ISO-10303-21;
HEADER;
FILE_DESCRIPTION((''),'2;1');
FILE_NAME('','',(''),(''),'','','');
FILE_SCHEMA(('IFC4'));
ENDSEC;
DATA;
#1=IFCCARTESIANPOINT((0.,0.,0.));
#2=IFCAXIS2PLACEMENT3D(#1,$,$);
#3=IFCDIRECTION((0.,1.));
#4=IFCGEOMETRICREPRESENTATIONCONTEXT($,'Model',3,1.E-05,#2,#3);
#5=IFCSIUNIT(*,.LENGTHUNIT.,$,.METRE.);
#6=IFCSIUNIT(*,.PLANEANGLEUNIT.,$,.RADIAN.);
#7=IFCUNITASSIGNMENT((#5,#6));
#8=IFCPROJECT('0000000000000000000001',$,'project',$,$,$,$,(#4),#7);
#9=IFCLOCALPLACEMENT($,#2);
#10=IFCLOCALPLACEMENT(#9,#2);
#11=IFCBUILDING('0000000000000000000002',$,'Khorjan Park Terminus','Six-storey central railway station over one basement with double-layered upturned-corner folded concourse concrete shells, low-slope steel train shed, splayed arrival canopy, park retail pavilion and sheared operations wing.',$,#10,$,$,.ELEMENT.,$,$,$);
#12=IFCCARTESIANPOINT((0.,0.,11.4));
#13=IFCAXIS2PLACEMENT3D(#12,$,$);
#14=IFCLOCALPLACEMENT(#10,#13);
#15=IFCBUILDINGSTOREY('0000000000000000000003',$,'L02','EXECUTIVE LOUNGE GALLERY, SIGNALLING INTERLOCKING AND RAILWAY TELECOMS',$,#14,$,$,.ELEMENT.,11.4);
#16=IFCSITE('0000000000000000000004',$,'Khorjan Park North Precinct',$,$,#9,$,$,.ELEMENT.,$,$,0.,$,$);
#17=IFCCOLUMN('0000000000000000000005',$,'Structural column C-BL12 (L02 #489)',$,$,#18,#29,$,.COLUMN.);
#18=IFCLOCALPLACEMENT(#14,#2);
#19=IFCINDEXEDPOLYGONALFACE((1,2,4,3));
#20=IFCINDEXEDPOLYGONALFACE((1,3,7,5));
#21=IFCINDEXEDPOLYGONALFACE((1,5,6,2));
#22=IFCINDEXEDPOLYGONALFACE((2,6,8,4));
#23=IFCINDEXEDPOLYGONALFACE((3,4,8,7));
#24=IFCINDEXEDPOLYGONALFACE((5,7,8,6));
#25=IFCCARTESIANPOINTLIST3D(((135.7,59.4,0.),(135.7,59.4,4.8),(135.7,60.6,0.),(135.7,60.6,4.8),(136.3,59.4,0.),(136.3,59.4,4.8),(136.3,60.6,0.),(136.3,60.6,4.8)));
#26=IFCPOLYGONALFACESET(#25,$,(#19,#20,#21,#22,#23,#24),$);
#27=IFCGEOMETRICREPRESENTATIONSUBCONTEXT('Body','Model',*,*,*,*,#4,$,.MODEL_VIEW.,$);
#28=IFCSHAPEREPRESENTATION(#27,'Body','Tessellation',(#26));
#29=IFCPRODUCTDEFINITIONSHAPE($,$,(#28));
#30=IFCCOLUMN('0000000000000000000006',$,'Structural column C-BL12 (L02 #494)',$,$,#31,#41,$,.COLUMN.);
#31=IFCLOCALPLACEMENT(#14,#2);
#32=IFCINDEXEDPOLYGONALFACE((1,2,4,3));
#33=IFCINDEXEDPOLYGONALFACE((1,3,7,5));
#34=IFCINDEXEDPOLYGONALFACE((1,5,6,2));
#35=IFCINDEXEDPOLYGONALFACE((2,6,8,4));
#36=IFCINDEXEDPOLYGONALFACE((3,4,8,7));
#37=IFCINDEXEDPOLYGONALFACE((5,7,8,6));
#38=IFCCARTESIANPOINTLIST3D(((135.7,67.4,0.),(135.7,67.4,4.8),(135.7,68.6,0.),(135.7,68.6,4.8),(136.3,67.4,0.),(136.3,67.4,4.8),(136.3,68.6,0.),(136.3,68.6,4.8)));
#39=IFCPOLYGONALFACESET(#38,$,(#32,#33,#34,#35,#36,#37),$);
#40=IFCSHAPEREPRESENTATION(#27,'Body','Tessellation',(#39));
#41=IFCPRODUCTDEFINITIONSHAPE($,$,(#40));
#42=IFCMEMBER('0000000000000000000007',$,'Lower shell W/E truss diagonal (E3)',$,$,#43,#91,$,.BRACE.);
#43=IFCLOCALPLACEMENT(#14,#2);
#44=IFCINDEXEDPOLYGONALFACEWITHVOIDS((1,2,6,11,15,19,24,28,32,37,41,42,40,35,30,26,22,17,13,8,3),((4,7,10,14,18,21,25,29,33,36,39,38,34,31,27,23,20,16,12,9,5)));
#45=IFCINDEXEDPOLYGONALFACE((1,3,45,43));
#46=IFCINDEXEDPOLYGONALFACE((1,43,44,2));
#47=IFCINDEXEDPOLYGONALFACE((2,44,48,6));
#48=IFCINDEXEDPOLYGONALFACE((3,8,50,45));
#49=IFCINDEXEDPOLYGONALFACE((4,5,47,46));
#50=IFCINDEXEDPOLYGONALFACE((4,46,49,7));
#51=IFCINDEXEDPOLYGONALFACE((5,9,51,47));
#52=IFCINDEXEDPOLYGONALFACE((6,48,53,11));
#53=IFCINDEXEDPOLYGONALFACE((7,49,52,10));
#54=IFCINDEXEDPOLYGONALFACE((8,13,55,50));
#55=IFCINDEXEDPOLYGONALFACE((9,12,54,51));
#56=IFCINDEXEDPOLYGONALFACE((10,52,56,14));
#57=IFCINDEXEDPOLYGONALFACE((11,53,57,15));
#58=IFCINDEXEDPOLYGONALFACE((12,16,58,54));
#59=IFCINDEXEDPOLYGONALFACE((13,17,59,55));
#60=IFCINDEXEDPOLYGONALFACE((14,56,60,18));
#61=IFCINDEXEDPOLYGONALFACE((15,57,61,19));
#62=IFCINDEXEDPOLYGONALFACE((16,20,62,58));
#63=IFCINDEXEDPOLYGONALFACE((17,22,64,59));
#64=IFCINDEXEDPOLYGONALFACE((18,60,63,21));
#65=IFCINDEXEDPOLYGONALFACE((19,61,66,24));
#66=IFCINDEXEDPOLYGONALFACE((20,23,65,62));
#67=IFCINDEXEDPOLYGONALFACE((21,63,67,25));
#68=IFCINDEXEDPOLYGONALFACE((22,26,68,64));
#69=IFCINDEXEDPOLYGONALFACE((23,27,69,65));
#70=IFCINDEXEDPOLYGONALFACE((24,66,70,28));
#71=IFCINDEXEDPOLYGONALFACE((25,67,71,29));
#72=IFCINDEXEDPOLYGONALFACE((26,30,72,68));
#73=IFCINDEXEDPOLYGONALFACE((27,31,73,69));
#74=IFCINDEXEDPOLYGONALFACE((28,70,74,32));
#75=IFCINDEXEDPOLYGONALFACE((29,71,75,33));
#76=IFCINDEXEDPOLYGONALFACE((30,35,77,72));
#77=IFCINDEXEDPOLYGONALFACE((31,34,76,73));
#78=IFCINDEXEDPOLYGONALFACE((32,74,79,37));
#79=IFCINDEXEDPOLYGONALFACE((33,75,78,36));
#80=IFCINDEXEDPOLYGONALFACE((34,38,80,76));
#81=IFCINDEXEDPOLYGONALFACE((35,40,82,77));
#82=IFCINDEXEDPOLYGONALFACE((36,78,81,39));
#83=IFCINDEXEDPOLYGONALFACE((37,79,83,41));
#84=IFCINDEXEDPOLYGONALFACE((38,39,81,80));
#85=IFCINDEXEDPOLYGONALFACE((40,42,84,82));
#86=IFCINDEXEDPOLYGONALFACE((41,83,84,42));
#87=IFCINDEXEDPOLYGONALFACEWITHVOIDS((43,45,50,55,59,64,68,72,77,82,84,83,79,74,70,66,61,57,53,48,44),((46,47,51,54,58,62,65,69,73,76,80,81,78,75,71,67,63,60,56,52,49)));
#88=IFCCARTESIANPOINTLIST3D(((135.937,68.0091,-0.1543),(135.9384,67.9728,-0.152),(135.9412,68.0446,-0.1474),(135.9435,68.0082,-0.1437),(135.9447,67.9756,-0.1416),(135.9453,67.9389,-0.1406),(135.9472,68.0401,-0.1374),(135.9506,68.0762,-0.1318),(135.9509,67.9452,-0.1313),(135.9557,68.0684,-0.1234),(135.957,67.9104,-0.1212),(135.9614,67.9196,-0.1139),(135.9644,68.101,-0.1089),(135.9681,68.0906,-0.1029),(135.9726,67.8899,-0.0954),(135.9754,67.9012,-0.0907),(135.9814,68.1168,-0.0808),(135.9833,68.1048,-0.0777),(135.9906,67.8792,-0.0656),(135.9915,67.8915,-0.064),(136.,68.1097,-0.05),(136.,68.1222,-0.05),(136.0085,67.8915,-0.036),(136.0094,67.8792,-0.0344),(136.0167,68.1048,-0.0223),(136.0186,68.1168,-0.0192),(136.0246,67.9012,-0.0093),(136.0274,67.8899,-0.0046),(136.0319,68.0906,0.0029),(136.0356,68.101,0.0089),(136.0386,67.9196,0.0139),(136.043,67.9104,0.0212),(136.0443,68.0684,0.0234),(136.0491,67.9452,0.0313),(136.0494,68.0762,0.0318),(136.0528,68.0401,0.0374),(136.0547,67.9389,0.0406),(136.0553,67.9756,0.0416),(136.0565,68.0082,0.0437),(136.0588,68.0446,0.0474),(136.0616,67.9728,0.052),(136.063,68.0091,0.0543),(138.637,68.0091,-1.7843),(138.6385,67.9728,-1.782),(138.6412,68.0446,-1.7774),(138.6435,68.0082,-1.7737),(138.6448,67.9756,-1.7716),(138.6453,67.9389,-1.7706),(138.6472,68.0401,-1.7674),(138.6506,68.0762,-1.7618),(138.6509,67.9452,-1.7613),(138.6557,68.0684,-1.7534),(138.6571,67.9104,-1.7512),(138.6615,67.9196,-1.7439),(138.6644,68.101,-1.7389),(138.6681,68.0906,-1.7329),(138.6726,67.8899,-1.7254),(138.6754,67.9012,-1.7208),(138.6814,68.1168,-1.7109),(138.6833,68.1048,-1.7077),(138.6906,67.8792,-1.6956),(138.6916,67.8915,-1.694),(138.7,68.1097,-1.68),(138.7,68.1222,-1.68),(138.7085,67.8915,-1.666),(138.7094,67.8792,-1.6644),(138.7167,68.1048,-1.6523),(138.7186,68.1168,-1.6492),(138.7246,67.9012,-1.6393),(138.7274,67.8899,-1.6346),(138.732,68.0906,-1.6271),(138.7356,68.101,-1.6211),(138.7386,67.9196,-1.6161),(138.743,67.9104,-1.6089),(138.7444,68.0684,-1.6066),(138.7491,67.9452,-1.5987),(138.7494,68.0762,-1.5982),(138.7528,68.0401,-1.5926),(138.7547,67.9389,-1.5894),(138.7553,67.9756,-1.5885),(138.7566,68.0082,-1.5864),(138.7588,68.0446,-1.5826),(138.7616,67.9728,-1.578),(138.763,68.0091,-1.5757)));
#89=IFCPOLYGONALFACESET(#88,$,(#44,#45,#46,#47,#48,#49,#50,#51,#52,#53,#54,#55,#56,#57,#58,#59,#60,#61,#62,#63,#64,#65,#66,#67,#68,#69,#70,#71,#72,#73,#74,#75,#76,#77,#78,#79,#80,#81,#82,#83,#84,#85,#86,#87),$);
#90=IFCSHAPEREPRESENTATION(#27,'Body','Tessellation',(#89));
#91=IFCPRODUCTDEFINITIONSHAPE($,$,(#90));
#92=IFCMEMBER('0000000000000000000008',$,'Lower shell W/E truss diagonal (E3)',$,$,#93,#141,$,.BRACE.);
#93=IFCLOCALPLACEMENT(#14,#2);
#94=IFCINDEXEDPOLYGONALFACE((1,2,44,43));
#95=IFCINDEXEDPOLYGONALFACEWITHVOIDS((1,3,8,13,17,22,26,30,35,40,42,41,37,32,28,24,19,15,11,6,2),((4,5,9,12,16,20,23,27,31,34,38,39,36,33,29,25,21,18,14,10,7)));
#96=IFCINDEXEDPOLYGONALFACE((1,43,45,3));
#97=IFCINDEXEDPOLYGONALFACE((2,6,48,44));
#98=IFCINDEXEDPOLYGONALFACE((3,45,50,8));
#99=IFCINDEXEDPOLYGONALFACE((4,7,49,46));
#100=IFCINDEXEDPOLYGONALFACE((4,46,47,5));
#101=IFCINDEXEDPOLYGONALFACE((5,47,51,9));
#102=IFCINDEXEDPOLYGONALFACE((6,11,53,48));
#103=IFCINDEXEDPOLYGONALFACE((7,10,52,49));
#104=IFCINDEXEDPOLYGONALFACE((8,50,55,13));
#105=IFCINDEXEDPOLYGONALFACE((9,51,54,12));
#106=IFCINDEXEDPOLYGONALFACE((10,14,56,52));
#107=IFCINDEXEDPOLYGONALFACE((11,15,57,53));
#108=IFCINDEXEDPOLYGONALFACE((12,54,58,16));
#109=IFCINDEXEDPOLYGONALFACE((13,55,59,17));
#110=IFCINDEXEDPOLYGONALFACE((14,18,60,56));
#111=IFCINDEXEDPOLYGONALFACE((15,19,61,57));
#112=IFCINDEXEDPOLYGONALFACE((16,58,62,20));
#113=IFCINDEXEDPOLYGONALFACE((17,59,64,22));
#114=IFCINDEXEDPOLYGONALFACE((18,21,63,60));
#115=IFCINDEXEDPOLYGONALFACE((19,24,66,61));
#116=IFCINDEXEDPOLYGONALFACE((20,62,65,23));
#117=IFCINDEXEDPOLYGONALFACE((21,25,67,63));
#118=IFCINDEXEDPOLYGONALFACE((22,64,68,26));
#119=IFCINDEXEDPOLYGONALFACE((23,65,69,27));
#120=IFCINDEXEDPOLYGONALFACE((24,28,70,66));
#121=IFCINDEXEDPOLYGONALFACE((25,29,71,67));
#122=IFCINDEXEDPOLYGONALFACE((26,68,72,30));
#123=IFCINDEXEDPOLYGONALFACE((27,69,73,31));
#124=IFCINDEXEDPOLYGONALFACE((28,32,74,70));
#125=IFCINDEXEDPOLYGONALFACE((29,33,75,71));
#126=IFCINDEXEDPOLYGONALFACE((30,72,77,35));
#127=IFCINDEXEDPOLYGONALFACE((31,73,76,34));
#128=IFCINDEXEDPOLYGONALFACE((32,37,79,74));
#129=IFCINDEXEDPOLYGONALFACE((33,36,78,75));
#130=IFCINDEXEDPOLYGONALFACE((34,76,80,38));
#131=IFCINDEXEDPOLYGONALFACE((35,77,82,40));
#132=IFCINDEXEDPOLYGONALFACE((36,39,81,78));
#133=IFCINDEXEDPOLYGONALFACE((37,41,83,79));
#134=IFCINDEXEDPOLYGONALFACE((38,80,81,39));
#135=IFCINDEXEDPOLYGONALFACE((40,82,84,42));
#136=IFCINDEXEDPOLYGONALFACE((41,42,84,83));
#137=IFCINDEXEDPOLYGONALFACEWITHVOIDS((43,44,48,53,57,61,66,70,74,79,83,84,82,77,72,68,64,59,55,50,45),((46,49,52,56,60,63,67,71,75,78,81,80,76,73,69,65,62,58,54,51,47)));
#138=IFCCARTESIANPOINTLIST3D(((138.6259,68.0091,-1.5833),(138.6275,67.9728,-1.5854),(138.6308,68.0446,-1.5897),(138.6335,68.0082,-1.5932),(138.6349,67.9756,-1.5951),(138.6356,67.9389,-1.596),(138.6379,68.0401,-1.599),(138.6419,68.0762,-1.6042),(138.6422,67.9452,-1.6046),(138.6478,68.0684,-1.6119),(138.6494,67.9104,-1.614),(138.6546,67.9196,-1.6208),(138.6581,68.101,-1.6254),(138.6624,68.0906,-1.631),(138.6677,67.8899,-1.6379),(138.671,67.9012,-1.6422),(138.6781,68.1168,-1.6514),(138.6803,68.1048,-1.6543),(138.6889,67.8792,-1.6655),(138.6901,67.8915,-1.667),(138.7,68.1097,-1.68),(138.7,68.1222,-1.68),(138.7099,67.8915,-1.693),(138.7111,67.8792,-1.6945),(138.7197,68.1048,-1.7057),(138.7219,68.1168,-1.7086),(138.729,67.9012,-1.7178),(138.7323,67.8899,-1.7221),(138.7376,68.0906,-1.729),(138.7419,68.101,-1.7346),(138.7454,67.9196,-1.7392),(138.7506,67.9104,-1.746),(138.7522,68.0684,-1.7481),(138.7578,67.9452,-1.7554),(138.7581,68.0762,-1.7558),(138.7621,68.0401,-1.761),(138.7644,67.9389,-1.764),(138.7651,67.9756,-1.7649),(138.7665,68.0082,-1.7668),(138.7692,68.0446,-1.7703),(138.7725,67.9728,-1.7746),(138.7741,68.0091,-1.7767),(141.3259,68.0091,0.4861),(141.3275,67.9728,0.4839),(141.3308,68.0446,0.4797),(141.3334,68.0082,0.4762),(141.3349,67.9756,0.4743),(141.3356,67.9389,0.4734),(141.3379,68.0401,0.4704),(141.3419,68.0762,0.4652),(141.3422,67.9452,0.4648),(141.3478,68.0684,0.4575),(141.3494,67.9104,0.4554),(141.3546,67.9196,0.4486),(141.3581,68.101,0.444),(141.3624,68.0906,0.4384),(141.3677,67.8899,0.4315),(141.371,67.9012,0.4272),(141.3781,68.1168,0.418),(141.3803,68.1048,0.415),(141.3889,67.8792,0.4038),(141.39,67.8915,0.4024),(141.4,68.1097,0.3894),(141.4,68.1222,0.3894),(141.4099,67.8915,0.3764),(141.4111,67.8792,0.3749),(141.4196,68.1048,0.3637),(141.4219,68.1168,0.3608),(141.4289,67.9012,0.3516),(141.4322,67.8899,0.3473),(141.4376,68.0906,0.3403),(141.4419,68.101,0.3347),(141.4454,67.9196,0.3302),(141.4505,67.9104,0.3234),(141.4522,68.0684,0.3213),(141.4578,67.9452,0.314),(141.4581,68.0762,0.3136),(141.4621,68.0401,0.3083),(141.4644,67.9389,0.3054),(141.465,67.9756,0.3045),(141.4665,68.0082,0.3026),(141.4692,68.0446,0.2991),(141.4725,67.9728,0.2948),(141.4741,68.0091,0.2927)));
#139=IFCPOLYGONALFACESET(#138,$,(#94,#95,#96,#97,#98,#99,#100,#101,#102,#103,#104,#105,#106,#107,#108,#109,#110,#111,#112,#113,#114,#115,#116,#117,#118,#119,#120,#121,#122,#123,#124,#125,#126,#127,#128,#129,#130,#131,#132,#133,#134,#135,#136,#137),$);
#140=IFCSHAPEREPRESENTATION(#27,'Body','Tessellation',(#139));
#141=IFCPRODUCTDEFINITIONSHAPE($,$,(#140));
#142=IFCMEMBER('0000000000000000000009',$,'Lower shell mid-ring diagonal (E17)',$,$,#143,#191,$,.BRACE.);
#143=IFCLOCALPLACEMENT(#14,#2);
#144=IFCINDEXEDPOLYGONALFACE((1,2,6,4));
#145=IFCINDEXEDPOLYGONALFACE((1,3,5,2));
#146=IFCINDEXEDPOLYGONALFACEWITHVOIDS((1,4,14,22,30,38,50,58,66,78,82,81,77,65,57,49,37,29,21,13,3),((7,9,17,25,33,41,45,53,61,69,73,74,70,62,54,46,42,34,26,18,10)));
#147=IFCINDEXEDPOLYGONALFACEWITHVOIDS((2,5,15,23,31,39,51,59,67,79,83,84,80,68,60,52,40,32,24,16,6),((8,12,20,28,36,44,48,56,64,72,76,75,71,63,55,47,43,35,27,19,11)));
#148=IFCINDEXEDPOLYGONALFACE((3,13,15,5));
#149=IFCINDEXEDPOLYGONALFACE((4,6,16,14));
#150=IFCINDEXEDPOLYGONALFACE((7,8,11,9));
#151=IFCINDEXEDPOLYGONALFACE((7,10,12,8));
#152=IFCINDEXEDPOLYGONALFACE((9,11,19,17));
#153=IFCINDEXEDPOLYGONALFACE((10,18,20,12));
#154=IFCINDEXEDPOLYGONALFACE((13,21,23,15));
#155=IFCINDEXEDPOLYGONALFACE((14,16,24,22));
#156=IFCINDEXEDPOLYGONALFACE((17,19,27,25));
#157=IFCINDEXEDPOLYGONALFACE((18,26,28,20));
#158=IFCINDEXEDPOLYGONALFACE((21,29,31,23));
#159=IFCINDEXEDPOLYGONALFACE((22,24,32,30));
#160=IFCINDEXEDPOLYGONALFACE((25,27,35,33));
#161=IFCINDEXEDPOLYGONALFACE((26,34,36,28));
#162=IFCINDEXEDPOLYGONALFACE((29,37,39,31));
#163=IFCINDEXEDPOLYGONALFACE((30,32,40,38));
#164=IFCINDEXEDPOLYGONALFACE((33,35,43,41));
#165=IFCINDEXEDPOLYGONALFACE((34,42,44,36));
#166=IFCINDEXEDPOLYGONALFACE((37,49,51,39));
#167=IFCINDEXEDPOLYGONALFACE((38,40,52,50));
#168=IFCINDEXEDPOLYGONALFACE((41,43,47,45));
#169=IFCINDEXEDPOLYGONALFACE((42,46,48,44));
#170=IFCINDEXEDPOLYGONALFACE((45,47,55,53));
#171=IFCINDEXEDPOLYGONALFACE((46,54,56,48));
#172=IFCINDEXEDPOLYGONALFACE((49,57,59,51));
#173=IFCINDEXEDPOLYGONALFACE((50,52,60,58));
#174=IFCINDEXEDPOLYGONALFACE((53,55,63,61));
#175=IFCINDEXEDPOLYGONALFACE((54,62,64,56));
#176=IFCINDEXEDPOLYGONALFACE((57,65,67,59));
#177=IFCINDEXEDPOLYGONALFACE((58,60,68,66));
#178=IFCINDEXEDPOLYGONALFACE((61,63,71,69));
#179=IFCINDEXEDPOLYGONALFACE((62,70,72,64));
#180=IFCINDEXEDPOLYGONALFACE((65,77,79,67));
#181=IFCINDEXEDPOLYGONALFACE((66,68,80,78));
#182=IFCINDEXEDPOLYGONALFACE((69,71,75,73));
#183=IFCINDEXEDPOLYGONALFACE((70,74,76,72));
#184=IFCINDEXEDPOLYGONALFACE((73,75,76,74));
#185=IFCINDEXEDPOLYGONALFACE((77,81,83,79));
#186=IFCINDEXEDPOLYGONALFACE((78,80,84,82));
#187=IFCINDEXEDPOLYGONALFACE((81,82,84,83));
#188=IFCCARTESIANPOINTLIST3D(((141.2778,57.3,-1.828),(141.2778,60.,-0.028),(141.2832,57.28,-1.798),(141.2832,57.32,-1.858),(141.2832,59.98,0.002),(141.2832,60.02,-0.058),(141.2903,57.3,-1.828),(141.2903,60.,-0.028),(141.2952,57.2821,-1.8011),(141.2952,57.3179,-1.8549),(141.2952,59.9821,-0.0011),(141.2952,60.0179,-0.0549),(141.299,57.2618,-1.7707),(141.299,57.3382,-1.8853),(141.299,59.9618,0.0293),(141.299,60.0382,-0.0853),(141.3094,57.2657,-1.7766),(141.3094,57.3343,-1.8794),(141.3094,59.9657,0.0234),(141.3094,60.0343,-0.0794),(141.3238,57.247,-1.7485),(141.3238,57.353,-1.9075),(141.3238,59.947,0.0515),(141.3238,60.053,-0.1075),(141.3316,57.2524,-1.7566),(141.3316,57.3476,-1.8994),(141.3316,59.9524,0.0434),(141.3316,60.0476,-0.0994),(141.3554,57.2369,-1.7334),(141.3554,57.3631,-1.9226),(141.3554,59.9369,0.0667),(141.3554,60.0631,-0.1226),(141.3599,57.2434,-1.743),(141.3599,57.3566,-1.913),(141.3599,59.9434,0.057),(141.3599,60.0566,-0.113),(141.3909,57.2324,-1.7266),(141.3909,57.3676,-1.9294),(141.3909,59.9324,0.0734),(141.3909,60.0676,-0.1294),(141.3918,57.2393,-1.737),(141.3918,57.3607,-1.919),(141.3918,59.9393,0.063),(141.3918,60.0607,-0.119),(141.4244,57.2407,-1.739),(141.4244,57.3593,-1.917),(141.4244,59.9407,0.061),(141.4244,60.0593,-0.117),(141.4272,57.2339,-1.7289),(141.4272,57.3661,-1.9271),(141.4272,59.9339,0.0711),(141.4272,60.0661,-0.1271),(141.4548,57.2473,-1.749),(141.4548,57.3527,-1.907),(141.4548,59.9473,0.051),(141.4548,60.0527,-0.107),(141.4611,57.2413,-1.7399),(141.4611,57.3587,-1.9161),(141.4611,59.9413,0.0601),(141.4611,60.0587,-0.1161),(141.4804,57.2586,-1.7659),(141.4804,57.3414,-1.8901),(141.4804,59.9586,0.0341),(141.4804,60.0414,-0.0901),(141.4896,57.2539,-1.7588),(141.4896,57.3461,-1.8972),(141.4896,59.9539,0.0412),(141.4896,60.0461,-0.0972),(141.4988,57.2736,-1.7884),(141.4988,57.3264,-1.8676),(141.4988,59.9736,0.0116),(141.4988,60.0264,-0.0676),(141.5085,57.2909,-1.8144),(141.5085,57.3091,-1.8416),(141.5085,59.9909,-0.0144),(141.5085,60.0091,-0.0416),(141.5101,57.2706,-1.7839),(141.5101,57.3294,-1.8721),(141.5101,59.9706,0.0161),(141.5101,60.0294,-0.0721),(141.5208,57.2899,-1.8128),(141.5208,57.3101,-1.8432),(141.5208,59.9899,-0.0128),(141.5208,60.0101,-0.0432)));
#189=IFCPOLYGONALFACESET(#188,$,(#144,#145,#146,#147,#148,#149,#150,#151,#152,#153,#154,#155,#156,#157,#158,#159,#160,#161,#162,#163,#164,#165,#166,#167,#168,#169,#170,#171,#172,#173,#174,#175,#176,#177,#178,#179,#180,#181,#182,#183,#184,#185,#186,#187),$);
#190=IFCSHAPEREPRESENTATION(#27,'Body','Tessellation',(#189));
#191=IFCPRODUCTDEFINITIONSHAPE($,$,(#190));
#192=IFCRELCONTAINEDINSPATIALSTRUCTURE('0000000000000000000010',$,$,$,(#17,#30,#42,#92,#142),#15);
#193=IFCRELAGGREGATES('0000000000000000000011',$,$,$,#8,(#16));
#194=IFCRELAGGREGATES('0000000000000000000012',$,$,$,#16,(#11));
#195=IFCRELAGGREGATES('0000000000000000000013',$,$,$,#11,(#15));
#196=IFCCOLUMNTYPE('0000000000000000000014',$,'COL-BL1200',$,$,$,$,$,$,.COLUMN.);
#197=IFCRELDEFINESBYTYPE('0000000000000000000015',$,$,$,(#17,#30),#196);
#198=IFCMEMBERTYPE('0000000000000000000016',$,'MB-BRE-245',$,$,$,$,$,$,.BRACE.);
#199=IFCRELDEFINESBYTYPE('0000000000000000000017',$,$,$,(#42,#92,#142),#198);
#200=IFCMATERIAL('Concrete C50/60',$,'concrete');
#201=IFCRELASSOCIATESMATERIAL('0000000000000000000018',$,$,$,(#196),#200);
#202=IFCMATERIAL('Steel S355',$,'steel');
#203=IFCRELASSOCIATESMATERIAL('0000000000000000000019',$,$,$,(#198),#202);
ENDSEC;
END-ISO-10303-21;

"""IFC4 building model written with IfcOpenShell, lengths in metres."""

from ifc_helpers import new_model, si_unit, direction, frame, origin, origin_2d, place, context, subcontext, project, spatial, rectangle, hollow_circle, extrude, material, material_profile, profile_set, type_object, element, save


model = new_model("IFC4")

# Units and contexts
model_context = context("Model", 3, precision=1e-05, world=origin(), true_north=direction((0.0, 1.0)))
body_context = subcontext(model_context, "Body", "Model", "MODEL_VIEW")
ifc_project = project(units=[si_unit("LENGTHUNIT", "METRE"), si_unit("PLANEANGLEUNIT", "RADIAN")], contexts=[model_context])

# Site, building, storey
site_placement = place(None, origin())
site = spatial("IfcSite", under=ifc_project, at=site_placement, Name="Khorjan Park North Precinct", CompositionType="ELEMENT", RefElevation=0.0)
building_placement = place(site_placement, origin())
building = spatial("IfcBuilding", under=site, at=building_placement, Name="Khorjan Park Terminus", Description="Six-storey central railway station over one basement with double-layered upturned-corner folded concourse concrete shells, low-slope steel train shed, splayed arrival canopy, park retail pavilion and sheared operations wing.", CompositionType="ELEMENT")
storey_placement = place(building_placement, frame((0.0, 0.0, 11.4)))
storey = spatial("IfcBuildingStorey", under=building, at=storey_placement, Name="L02", Description="EXECUTIVE LOUNGE GALLERY, SIGNALLING INTERLOCKING AND RAILWAY TELECOMS", CompositionType="ELEMENT", Elevation=11.4)

# Columns
ifc_material_1 = material(Name="Concrete C50/60", Category="concrete")
ifc_material_profile_1 = material_profile(ifc_material_1, rectangle(XDim=0.6, YDim=1.2, at=origin_2d()), Name="RC 600x1200")
ifc_profile_set_1 = profile_set([ifc_material_profile_1], Name="Concrete C50/60")
column_type = type_object("IfcColumnType", Name="COL-BL1200", PredefinedType="COLUMN", material=ifc_profile_set_1)
for number, where, z_axis, x_axis, name in (
    (1, (136.0, 60.0, 0.0), (0.0, 0.0, 1.0), (1.0, 0.0, 0.0), "Structural column C-BL12 (L02 #489)"),
    (2, (136.0, 68.0, 0.0), (0.0, 0.0, 1.0), (1.0, 0.0, 0.0), "Structural column C-BL12 (L02 #494)"),
):
    element("IfcColumn", number, at=place(storey_placement, frame(where, z_axis=z_axis, x_axis=x_axis)), inside=storey, type_object=column_type, Name=name, PredefinedType="COLUMN", context=body_context, shape_type="SweptSolid", body=[
        extrude(rectangle(XDim=0.6, YDim=1.2, at=origin_2d()), origin(), (0.0, 0.0, 1.0), 4.8),
    ])

# Members
ifc_material_2 = material(Name="Steel S355", Category="steel")
ifc_material_profile_2 = material_profile(ifc_material_2, hollow_circle(Radius=0.1222, WallThickness=0.0125, at=origin_2d()), Name="CHS 244.5x12.5")
ifc_profile_set_2 = profile_set([ifc_material_profile_2], Name="Steel S355")
member_type_1 = type_object("IfcMemberType", Name="MB-BRE-245", PredefinedType="BRACE", material=ifc_profile_set_2)
member_1_placement = place(storey_placement, frame((136.0, 68.0, -0.05), z_axis=(0.856091, 0.0, -0.516825), x_axis=(0.0, 1.0, 0.0)))
element("IfcMember", 3, at=member_1_placement, inside=storey, type_object=member_type_1, Name="Lower shell W/E truss diagonal (E3)", PredefinedType="BRACE", context=body_context, shape_type="SweptSolid", body=[
    extrude(hollow_circle(Radius=0.1222, WallThickness=0.0125, at=origin_2d()), origin(), (0.0, 0.0, 1.0), 3.1539),
])
member_2_placement = place(storey_placement, frame((138.7, 68.0, -1.68), z_axis=(0.793692, 0.0, 0.60832), x_axis=(0.0, 1.0, 0.0)))
element("IfcMember", 4, at=member_2_placement, inside=storey, type_object=member_type_1, Name="Lower shell W/E truss diagonal (E3)", PredefinedType="BRACE", context=body_context, shape_type="SweptSolid", body=[
    extrude(hollow_circle(Radius=0.1222, WallThickness=0.0125, at=origin_2d()), origin(), (0.0, 0.0, 1.0), 3.4018),
])
member_3_placement = place(storey_placement, frame((141.4, 57.3, -1.828), z_axis=(0.0, 0.83205, 0.5547), x_axis=(-1.0, 0.0, 0.0)))
element("IfcMember", 5, at=member_3_placement, inside=storey, type_object=member_type_1, Name="Lower shell mid-ring diagonal (E17)", PredefinedType="BRACE", context=body_context, shape_type="SweptSolid", body=[
    extrude(hollow_circle(Radius=0.1222, WallThickness=0.0125, at=origin_2d()), origin(), (0.0, 0.0, 1.0), 3.245),
])

save(model, "model.ifc")
